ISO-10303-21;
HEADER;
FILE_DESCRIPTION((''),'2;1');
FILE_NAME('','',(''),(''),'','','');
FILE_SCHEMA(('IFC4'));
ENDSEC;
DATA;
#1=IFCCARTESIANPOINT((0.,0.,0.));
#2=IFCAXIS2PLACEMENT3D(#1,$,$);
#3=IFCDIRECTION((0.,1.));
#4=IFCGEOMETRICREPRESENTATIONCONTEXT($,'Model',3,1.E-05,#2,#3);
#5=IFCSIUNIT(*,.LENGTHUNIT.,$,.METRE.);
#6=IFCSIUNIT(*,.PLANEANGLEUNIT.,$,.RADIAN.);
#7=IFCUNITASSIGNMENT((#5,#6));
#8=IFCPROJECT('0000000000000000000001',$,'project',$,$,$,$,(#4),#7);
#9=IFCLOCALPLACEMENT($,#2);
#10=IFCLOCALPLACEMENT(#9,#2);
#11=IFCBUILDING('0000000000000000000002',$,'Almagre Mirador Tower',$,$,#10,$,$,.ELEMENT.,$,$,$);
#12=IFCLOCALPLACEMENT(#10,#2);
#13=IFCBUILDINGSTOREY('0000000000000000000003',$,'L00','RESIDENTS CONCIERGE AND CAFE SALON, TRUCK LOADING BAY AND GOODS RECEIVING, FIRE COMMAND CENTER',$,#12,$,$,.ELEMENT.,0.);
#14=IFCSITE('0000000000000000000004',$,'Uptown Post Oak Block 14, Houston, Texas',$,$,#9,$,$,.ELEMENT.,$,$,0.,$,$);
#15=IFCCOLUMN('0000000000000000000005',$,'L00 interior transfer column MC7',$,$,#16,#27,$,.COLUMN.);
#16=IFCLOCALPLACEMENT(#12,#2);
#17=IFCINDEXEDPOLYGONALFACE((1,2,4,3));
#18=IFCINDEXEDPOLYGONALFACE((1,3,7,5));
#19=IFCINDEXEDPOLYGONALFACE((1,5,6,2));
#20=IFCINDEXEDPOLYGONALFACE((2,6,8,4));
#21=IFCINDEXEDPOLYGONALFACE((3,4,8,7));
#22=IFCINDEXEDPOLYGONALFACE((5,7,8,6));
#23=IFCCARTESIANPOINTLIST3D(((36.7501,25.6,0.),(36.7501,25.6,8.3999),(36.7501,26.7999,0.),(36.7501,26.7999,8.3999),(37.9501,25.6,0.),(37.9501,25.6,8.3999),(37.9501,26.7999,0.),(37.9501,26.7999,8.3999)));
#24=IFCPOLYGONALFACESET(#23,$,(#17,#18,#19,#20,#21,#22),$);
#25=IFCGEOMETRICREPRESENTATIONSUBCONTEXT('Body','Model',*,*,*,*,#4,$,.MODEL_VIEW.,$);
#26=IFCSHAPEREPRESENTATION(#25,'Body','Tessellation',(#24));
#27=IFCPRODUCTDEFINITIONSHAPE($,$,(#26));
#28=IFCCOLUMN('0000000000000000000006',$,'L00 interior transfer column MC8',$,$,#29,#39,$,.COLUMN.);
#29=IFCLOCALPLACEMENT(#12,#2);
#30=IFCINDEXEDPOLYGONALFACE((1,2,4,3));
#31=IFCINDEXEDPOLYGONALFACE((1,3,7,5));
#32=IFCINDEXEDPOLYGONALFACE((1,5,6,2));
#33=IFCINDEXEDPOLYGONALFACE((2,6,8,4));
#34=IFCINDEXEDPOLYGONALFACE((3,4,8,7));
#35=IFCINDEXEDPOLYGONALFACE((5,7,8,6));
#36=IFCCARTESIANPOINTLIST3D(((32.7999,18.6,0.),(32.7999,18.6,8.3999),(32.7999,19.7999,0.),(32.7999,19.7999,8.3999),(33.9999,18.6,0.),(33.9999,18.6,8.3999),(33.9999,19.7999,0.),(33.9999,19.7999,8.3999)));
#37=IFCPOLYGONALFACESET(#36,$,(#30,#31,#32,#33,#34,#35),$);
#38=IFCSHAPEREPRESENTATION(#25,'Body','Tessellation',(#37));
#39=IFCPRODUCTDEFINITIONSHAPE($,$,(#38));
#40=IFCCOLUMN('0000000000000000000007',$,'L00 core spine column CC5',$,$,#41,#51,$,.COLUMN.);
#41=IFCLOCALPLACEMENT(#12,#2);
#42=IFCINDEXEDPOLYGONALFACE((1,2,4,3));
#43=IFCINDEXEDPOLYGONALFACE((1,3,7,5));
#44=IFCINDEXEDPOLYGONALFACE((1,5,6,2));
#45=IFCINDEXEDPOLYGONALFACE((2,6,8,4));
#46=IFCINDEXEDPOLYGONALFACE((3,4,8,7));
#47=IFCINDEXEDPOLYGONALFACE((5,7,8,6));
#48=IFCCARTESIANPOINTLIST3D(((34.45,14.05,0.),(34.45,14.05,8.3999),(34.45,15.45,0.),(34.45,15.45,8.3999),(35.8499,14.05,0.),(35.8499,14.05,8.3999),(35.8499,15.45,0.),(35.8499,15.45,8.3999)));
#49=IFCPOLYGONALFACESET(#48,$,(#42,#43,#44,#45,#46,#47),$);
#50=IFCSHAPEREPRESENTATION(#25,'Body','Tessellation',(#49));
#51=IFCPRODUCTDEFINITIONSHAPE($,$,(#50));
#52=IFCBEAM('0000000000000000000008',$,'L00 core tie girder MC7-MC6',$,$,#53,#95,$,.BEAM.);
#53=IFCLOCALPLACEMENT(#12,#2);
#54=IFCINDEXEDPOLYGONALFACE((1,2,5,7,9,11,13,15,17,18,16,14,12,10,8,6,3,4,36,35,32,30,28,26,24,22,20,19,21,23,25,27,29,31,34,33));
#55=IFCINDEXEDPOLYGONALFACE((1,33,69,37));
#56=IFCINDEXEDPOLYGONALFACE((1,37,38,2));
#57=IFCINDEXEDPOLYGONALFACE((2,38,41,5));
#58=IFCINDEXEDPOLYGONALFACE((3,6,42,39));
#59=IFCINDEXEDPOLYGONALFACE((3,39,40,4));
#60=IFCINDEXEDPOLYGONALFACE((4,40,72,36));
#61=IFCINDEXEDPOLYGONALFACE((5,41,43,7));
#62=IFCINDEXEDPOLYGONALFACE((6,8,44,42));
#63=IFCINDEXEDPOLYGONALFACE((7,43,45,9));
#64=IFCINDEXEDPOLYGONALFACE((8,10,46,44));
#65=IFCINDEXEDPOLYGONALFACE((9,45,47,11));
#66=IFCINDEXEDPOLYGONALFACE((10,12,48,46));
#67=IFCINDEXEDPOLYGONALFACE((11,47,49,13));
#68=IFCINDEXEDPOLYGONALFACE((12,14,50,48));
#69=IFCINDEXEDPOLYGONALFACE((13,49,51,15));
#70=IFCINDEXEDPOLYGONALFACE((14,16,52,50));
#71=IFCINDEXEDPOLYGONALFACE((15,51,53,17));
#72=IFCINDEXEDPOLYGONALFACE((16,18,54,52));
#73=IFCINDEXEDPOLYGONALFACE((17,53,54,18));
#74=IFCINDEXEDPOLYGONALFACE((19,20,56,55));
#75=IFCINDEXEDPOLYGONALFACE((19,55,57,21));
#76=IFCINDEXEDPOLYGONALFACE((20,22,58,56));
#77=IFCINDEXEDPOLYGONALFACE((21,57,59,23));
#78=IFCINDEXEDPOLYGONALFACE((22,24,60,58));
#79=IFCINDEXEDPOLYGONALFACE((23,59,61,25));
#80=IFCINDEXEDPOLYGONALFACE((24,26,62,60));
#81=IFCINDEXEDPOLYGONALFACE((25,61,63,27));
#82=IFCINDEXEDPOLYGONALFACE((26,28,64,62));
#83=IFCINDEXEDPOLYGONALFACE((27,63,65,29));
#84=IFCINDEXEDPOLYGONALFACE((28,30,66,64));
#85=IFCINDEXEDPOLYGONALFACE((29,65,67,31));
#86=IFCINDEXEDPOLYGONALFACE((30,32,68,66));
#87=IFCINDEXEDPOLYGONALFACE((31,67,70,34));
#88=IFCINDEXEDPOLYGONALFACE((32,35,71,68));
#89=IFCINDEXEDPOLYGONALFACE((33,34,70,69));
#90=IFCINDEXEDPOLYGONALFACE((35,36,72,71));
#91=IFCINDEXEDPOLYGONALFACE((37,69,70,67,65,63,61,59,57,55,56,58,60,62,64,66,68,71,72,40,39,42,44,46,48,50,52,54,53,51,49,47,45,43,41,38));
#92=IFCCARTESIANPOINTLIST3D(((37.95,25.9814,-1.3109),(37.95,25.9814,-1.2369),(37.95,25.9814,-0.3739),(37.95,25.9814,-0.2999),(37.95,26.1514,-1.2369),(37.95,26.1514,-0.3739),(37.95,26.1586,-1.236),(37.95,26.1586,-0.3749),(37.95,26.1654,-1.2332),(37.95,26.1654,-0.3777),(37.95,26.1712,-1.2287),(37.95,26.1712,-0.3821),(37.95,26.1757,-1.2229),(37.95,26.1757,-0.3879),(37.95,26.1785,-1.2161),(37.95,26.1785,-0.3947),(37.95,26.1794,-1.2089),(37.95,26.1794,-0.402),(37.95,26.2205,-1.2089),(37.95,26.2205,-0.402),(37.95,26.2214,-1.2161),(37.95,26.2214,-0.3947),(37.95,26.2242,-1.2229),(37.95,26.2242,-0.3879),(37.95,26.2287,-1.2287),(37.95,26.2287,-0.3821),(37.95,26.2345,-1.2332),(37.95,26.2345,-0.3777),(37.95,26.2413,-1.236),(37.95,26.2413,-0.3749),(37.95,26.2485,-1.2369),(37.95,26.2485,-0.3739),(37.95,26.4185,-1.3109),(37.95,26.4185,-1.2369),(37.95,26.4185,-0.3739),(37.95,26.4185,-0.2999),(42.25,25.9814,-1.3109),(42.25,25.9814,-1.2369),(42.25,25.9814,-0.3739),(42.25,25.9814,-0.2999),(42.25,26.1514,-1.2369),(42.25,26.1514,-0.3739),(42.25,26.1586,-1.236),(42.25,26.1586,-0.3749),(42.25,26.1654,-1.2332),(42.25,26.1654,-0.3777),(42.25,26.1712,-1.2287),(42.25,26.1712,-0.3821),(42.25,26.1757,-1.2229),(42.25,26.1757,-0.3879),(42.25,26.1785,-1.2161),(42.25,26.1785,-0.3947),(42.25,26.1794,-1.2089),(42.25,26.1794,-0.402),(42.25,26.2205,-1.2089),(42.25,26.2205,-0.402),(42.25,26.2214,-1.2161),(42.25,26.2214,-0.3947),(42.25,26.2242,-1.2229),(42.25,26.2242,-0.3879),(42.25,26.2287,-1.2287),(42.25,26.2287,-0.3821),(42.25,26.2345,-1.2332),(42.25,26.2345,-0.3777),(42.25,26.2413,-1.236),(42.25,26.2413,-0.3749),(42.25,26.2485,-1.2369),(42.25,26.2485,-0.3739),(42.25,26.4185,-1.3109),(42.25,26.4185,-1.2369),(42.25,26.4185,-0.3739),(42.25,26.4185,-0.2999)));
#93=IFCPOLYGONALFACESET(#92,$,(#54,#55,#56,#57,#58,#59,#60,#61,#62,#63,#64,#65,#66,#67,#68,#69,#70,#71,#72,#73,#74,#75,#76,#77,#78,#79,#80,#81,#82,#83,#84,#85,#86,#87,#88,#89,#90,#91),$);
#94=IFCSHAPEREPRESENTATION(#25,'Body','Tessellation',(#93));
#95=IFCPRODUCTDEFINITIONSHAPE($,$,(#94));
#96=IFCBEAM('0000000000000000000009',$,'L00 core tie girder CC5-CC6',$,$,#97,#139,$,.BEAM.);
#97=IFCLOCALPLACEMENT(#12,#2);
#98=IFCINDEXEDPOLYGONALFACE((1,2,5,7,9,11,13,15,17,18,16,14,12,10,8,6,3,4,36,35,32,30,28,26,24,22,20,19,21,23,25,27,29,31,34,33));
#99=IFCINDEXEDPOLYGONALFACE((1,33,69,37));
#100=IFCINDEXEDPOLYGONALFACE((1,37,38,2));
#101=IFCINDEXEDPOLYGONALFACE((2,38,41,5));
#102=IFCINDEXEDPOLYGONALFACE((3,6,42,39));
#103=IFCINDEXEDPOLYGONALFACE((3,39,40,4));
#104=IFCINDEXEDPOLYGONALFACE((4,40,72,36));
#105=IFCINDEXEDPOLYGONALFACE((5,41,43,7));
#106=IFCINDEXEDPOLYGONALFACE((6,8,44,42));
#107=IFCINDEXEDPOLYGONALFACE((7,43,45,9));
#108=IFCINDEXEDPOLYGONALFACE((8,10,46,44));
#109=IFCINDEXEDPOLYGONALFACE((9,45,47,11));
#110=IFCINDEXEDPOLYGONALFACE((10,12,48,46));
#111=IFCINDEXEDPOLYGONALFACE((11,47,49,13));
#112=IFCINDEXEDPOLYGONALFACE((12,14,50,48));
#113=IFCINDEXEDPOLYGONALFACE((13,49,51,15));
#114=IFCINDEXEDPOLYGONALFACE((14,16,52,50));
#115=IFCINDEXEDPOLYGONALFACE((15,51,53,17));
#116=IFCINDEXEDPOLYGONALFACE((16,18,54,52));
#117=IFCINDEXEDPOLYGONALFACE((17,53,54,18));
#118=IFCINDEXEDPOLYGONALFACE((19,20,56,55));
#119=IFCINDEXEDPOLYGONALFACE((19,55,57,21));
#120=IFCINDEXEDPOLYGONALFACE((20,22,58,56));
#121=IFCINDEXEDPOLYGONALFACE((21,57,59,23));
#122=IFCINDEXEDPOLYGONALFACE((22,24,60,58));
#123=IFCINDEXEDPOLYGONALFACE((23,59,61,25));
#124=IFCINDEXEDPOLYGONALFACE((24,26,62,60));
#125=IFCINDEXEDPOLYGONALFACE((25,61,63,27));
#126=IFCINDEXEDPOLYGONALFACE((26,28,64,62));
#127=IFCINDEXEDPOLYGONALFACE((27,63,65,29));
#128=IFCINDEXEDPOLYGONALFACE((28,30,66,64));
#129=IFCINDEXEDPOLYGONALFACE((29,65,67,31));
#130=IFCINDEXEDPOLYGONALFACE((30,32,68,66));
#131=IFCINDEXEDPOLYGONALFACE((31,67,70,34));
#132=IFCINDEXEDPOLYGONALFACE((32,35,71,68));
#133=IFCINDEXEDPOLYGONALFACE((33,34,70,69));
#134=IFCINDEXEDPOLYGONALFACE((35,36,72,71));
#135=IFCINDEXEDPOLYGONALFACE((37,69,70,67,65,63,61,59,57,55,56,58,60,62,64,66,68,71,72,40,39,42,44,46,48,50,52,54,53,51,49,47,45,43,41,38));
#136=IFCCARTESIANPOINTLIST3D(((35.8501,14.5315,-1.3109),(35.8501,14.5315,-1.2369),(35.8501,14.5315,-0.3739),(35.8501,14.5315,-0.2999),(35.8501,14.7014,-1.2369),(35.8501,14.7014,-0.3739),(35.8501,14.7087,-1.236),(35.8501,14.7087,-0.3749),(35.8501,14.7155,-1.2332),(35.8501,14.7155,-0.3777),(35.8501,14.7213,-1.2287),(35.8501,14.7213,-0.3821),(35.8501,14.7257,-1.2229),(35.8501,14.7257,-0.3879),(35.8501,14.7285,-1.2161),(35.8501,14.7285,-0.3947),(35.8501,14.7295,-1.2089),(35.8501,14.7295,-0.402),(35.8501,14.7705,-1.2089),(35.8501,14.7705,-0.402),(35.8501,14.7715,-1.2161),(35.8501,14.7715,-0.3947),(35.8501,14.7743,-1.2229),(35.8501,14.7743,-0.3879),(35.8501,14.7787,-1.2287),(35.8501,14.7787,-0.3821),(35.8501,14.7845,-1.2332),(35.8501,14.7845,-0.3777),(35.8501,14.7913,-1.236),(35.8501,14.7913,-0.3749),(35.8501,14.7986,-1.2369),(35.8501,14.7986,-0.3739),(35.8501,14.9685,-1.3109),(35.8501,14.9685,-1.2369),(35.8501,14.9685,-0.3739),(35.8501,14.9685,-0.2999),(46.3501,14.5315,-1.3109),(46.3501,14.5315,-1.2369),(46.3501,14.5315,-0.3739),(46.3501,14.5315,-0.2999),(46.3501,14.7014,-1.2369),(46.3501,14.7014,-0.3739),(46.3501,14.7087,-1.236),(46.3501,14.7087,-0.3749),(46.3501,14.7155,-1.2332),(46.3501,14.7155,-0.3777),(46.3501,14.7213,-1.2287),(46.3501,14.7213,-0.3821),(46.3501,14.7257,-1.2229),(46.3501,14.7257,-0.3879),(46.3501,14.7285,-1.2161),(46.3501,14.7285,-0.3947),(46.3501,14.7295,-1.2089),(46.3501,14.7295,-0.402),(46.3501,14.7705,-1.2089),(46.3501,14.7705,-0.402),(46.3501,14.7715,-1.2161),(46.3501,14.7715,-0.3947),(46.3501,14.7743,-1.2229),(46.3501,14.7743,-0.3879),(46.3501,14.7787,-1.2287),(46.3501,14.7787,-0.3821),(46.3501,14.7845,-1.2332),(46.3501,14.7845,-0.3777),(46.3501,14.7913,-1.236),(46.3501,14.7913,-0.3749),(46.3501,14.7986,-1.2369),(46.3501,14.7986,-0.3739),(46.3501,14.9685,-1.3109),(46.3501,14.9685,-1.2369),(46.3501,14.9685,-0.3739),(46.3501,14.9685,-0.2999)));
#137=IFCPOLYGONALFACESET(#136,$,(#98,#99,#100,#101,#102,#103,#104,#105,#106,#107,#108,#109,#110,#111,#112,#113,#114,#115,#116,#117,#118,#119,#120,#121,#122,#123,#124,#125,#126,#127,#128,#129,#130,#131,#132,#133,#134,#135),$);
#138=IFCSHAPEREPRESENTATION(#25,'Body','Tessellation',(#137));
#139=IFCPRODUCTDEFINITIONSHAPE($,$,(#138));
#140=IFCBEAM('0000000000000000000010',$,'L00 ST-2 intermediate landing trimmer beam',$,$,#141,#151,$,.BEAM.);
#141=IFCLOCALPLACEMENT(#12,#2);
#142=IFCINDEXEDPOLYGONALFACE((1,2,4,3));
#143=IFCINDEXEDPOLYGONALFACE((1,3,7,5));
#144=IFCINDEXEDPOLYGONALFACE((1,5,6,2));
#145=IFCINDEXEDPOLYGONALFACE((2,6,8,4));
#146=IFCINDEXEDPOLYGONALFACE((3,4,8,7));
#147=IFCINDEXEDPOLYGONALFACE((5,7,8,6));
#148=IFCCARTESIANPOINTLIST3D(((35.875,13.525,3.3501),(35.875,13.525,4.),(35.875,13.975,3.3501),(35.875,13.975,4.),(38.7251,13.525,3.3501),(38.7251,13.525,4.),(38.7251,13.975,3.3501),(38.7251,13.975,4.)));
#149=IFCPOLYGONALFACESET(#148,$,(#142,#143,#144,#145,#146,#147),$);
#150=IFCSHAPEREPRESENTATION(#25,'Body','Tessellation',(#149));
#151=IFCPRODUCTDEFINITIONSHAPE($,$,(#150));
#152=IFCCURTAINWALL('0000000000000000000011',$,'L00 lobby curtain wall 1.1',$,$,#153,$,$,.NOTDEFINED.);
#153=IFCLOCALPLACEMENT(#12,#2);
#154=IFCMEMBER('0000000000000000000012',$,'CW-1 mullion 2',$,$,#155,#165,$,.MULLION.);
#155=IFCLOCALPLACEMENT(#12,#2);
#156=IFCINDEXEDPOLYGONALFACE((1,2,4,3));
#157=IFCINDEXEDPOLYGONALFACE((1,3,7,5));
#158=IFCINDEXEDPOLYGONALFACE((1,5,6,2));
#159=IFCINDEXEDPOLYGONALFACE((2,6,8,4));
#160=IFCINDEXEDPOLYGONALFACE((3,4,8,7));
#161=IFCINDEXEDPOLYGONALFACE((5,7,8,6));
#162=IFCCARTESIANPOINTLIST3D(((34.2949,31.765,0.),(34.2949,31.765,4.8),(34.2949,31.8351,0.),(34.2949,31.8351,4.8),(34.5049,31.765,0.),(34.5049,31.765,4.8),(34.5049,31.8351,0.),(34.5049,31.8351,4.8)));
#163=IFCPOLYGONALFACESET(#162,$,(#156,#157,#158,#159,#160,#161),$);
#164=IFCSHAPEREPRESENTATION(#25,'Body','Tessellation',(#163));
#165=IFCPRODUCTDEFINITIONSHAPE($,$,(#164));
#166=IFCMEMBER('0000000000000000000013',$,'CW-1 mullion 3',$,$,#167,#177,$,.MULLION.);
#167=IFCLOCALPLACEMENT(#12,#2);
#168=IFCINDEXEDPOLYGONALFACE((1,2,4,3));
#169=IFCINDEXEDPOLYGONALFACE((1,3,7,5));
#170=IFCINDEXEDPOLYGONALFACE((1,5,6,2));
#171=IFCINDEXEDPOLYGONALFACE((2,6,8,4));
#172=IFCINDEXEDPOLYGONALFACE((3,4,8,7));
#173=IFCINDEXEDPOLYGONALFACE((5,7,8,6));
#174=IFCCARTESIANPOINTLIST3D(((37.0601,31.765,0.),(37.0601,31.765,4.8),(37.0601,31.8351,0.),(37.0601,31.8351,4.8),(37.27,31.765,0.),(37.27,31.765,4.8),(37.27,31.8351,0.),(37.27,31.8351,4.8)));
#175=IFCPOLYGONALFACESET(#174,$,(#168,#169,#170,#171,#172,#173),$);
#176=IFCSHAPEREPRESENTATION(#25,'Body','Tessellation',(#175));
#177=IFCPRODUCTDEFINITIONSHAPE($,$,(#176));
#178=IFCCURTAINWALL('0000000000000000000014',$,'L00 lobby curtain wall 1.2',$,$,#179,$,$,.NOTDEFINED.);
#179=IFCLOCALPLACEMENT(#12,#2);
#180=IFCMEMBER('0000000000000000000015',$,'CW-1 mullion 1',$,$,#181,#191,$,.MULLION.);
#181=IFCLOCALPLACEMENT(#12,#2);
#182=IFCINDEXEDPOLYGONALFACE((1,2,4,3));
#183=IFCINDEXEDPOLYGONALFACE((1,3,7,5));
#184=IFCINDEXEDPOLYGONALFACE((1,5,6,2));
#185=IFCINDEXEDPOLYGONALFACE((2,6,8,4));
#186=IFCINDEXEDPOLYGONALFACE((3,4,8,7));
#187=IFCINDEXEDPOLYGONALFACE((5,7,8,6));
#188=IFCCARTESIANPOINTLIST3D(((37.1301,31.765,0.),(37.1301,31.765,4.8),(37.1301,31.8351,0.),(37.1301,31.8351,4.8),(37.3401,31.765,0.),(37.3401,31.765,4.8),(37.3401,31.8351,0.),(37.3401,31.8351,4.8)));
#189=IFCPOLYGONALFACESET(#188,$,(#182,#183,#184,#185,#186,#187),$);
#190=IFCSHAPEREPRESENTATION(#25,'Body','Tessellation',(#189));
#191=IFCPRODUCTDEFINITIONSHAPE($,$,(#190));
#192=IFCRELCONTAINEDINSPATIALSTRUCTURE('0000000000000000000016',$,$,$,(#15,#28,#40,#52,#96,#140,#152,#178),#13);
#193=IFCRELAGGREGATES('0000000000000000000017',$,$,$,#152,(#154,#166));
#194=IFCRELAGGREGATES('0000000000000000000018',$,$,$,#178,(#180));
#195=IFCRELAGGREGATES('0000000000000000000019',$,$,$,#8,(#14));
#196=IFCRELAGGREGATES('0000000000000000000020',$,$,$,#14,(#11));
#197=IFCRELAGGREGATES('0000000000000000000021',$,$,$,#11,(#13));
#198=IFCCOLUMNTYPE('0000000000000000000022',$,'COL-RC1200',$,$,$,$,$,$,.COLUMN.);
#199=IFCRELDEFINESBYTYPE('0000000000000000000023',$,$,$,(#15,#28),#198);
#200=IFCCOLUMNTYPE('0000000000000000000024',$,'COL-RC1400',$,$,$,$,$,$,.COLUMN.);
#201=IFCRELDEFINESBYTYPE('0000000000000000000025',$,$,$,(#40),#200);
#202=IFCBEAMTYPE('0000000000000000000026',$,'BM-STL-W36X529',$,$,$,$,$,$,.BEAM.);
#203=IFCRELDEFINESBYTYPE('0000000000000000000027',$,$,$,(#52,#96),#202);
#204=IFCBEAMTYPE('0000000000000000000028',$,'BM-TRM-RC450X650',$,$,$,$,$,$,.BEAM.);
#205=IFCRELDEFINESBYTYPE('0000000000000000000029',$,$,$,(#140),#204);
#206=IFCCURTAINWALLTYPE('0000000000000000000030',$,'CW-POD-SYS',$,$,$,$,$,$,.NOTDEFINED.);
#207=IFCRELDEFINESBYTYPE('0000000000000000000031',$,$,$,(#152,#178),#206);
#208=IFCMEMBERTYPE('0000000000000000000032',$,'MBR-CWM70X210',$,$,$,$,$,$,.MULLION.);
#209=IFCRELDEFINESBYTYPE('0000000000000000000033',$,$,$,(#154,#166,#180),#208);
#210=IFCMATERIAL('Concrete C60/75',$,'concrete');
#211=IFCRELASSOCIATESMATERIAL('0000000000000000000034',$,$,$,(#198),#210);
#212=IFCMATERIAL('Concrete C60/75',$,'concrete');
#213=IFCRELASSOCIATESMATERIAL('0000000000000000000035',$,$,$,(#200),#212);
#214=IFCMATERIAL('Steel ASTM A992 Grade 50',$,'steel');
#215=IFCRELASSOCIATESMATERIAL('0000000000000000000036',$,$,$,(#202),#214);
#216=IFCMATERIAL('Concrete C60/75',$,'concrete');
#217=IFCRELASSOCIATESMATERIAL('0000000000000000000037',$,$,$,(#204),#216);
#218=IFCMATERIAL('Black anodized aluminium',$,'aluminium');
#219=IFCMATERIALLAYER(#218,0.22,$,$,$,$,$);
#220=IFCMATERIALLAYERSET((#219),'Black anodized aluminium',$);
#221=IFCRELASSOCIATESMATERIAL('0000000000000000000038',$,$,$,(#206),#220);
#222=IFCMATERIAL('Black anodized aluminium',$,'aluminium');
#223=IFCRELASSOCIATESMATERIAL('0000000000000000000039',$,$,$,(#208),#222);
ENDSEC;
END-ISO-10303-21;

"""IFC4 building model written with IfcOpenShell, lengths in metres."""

from ifc_helpers import new_model, si_unit, direction, frame, origin, origin_2d, place, context, subcontext, project, spatial, rectangle, i_section, extrude, material, layer, layer_set, material_profile, profile_set, type_object, element, aggregate, save


model = new_model("IFC4")

# Units and contexts
model_context = context("Model", 3, precision=1e-05, world=origin(), true_north=direction((0.0, 1.0)))
body_context = subcontext(model_context, "Body", "Model", "MODEL_VIEW")
ifc_project = project(units=[si_unit("LENGTHUNIT", "METRE"), si_unit("PLANEANGLEUNIT", "RADIAN")], contexts=[model_context])

# Site, building, storey
site_placement = place(None, origin())
site = spatial("IfcSite", under=ifc_project, at=site_placement, Name="Uptown Post Oak Block 14, Houston, Texas", CompositionType="ELEMENT", RefElevation=0.0)
building_placement = place(site_placement, origin())
building = spatial("IfcBuilding", under=site, at=building_placement, Name="Almagre Mirador Tower", CompositionType="ELEMENT")
storey_placement = place(building_placement, origin())
storey = spatial("IfcBuildingStorey", under=building, at=storey_placement, Name="L00", Description="RESIDENTS CONCIERGE AND CAFE SALON, TRUCK LOADING BAY AND GOODS RECEIVING, FIRE COMMAND CENTER", CompositionType="ELEMENT", Elevation=0.0)

# Columns
ifc_material_1 = material(Name="Concrete C60/75", Category="concrete")
ifc_material_profile_1 = material_profile(ifc_material_1, rectangle(XDim=1.2, YDim=1.2, at=origin_2d()), Name="RC1200X1200")
ifc_profile_set_1 = profile_set([ifc_material_profile_1], Name="Concrete C60/75")
column_type_1 = type_object("IfcColumnType", Name="COL-RC1200", PredefinedType="COLUMN", material=ifc_profile_set_1)
for number, where, z_axis, x_axis, name in (
    (1, (37.3501, 26.2, 0.0), (0.0, 0.0, 1.0), (1.0, 0.0, 0.0), "L00 interior transfer column MC7"),
    (2, (33.3999, 19.2, 0.0), (0.0, 0.0, 1.0), (1.0, 0.0, 0.0), "L00 interior transfer column MC8"),
):
    element("IfcColumn", number, at=place(storey_placement, frame(where, z_axis=z_axis, x_axis=x_axis)), inside=storey, type_object=column_type_1, Name=name, PredefinedType="COLUMN", context=body_context, shape_type="SweptSolid", body=[
        extrude(rectangle(XDim=1.2, YDim=1.2, at=origin_2d()), origin(), (0.0, 0.0, 1.0), 8.3999),
    ])
ifc_material_2 = material(Name="Concrete C60/75", Category="concrete")
ifc_material_profile_2 = material_profile(ifc_material_2, rectangle(XDim=1.3999, YDim=1.3999, at=origin_2d()), Name="RC1400X1400")
ifc_profile_set_2 = profile_set([ifc_material_profile_2], Name="Concrete C60/75")
column_type_2 = type_object("IfcColumnType", Name="COL-RC1400", PredefinedType="COLUMN", material=ifc_profile_set_2)
column_placement = place(storey_placement, frame((35.1499, 14.75, 0.0), z_axis=(0.0, 0.0, 1.0), x_axis=(1.0, 0.0, 0.0)))
element("IfcColumn", 3, at=column_placement, inside=storey, type_object=column_type_2, Name="L00 core spine column CC5", PredefinedType="COLUMN", context=body_context, shape_type="SweptSolid", body=[
    extrude(rectangle(XDim=1.3999, YDim=1.3999, at=origin_2d()), origin(), (0.0, 0.0, 1.0), 8.3999),
])

# Beams
ifc_material_3 = material(Name="Steel ASTM A992 Grade 50", Category="steel")
ifc_material_profile_3 = material_profile(ifc_material_3, i_section(OverallWidth=0.437, OverallDepth=1.011, WebThickness=0.041, FlangeThickness=0.074, FilletRadius=0.0281, at=origin_2d()), Name="W36X529")
ifc_profile_set_3 = profile_set([ifc_material_profile_3], Name="Steel ASTM A992 Grade 50")
beam_type_1 = type_object("IfcBeamType", Name="BM-STL-W36X529", PredefinedType="BEAM", material=ifc_profile_set_3)
beam_1_placement = place(storey_placement, frame((37.95, 26.2, -0.8054), z_axis=(1.0, 0.0, 0.0), x_axis=(0.0, 1.0, 0.0)))
element("IfcBeam", 4, at=beam_1_placement, inside=storey, type_object=beam_type_1, Name="L00 core tie girder MC7-MC6", PredefinedType="BEAM", context=body_context, shape_type="SweptSolid", body=[
    extrude(i_section(OverallWidth=0.437, OverallDepth=1.011, WebThickness=0.041, FlangeThickness=0.074, FilletRadius=0.0281, at=origin_2d()), origin(), (0.0, 0.0, 1.0), 4.3),
])
beam_2_placement = place(storey_placement, frame((35.8501, 14.75, -0.8054), z_axis=(1.0, 0.0, 0.0), x_axis=(0.0, 1.0, 0.0)))
element("IfcBeam", 5, at=beam_2_placement, inside=storey, type_object=beam_type_1, Name="L00 core tie girder CC5-CC6", PredefinedType="BEAM", context=body_context, shape_type="SweptSolid", body=[
    extrude(i_section(OverallWidth=0.437, OverallDepth=1.011, WebThickness=0.041, FlangeThickness=0.074, FilletRadius=0.0281, at=origin_2d()), origin(), (0.0, 0.0, 1.0), 10.5),
])
ifc_material_4 = material(Name="Concrete C60/75", Category="concrete")
ifc_material_profile_4 = material_profile(ifc_material_4, rectangle(XDim=0.45, YDim=0.6499, at=origin_2d()), Name="RC450X650")
ifc_profile_set_4 = profile_set([ifc_material_profile_4], Name="Concrete C60/75")
beam_type_2 = type_object("IfcBeamType", Name="BM-TRM-RC450X650", PredefinedType="BEAM", material=ifc_profile_set_4)
beam_3_placement = place(storey_placement, frame((35.875, 13.75, 3.675), z_axis=(1.0, 0.0, 0.0), x_axis=(0.0, 1.0, 0.0)))
element("IfcBeam", 6, at=beam_3_placement, inside=storey, type_object=beam_type_2, Name="L00 ST-2 intermediate landing trimmer beam", PredefinedType="BEAM", context=body_context, shape_type="SweptSolid", body=[
    extrude(rectangle(XDim=0.45, YDim=0.6499, at=origin_2d()), origin(), (0.0, 0.0, 1.0), 2.8501),
])

# Curtain wall, members
ifc_material_5 = material(Name="Black anodized aluminium", Category="aluminium")
ifc_layer_1 = layer(ifc_material_5, 0.22)
ifc_layer_set_1 = layer_set([ifc_layer_1], Name="Black anodized aluminium")
curtain_wall_type = type_object("IfcCurtainWallType", Name="CW-POD-SYS", PredefinedType="NOTDEFINED", material=ifc_layer_set_1)
curtain_wall_1_placement = place(storey_placement, origin())
curtain_wall_1 = element("IfcCurtainWall", 7, at=curtain_wall_1_placement, inside=storey, type_object=curtain_wall_type, Name="L00 lobby curtain wall 1.1", PredefinedType="NOTDEFINED")
ifc_material_6 = material(Name="Black anodized aluminium", Category="aluminium")
ifc_material_profile_5 = material_profile(ifc_material_6, rectangle(XDim=0.0701, YDim=0.21, at=origin_2d()), Name="CWM70X210")
ifc_profile_set_5 = profile_set([ifc_material_profile_5], Name="Black anodized aluminium")
member_type_1 = type_object("IfcMemberType", Name="MBR-CWM70X210", PredefinedType="MULLION", material=ifc_profile_set_5)
member_1_placement = place(storey_placement, frame((34.3999, 31.8, 0.0), z_axis=(0.0, 0.0, 1.0), x_axis=(0.0, 1.0, 0.0)))
member_1 = element("IfcMember", 8, at=member_1_placement, type_object=member_type_1, Name="CW-1 mullion 2", PredefinedType="MULLION", context=body_context, shape_type="SweptSolid", body=[
    extrude(rectangle(XDim=0.0701, YDim=0.21, at=origin_2d()), origin(), (0.0, 0.0, 1.0), 4.8),
])
member_2_placement = place(storey_placement, frame((37.165, 31.8, 0.0), z_axis=(0.0, 0.0, 1.0), x_axis=(0.0, 1.0, 0.0)))
member_2 = element("IfcMember", 9, at=member_2_placement, type_object=member_type_1, Name="CW-1 mullion 3", PredefinedType="MULLION", context=body_context, shape_type="SweptSolid", body=[
    extrude(rectangle(XDim=0.0701, YDim=0.21, at=origin_2d()), origin(), (0.0, 0.0, 1.0), 4.8),
])

# Curtain wall, member
curtain_wall_2_placement = place(storey_placement, origin())
curtain_wall_2 = element("IfcCurtainWall", 10, at=curtain_wall_2_placement, inside=storey, type_object=curtain_wall_type, Name="L00 lobby curtain wall 1.2", PredefinedType="NOTDEFINED")
member_3_placement = place(storey_placement, frame((37.2351, 31.8, 0.0), z_axis=(0.0, 0.0, 1.0), x_axis=(0.0, 1.0, 0.0)))
member_3 = element("IfcMember", 11, at=member_3_placement, type_object=member_type_1, Name="CW-1 mullion 1", PredefinedType="MULLION", context=body_context, shape_type="SweptSolid", body=[
    extrude(rectangle(XDim=0.0701, YDim=0.21, at=origin_2d()), origin(), (0.0, 0.0, 1.0), 4.8),
])

aggregate(curtain_wall_1, [member_1, member_2])
aggregate(curtain_wall_2, [member_3])

save(model, "model.ifc")
